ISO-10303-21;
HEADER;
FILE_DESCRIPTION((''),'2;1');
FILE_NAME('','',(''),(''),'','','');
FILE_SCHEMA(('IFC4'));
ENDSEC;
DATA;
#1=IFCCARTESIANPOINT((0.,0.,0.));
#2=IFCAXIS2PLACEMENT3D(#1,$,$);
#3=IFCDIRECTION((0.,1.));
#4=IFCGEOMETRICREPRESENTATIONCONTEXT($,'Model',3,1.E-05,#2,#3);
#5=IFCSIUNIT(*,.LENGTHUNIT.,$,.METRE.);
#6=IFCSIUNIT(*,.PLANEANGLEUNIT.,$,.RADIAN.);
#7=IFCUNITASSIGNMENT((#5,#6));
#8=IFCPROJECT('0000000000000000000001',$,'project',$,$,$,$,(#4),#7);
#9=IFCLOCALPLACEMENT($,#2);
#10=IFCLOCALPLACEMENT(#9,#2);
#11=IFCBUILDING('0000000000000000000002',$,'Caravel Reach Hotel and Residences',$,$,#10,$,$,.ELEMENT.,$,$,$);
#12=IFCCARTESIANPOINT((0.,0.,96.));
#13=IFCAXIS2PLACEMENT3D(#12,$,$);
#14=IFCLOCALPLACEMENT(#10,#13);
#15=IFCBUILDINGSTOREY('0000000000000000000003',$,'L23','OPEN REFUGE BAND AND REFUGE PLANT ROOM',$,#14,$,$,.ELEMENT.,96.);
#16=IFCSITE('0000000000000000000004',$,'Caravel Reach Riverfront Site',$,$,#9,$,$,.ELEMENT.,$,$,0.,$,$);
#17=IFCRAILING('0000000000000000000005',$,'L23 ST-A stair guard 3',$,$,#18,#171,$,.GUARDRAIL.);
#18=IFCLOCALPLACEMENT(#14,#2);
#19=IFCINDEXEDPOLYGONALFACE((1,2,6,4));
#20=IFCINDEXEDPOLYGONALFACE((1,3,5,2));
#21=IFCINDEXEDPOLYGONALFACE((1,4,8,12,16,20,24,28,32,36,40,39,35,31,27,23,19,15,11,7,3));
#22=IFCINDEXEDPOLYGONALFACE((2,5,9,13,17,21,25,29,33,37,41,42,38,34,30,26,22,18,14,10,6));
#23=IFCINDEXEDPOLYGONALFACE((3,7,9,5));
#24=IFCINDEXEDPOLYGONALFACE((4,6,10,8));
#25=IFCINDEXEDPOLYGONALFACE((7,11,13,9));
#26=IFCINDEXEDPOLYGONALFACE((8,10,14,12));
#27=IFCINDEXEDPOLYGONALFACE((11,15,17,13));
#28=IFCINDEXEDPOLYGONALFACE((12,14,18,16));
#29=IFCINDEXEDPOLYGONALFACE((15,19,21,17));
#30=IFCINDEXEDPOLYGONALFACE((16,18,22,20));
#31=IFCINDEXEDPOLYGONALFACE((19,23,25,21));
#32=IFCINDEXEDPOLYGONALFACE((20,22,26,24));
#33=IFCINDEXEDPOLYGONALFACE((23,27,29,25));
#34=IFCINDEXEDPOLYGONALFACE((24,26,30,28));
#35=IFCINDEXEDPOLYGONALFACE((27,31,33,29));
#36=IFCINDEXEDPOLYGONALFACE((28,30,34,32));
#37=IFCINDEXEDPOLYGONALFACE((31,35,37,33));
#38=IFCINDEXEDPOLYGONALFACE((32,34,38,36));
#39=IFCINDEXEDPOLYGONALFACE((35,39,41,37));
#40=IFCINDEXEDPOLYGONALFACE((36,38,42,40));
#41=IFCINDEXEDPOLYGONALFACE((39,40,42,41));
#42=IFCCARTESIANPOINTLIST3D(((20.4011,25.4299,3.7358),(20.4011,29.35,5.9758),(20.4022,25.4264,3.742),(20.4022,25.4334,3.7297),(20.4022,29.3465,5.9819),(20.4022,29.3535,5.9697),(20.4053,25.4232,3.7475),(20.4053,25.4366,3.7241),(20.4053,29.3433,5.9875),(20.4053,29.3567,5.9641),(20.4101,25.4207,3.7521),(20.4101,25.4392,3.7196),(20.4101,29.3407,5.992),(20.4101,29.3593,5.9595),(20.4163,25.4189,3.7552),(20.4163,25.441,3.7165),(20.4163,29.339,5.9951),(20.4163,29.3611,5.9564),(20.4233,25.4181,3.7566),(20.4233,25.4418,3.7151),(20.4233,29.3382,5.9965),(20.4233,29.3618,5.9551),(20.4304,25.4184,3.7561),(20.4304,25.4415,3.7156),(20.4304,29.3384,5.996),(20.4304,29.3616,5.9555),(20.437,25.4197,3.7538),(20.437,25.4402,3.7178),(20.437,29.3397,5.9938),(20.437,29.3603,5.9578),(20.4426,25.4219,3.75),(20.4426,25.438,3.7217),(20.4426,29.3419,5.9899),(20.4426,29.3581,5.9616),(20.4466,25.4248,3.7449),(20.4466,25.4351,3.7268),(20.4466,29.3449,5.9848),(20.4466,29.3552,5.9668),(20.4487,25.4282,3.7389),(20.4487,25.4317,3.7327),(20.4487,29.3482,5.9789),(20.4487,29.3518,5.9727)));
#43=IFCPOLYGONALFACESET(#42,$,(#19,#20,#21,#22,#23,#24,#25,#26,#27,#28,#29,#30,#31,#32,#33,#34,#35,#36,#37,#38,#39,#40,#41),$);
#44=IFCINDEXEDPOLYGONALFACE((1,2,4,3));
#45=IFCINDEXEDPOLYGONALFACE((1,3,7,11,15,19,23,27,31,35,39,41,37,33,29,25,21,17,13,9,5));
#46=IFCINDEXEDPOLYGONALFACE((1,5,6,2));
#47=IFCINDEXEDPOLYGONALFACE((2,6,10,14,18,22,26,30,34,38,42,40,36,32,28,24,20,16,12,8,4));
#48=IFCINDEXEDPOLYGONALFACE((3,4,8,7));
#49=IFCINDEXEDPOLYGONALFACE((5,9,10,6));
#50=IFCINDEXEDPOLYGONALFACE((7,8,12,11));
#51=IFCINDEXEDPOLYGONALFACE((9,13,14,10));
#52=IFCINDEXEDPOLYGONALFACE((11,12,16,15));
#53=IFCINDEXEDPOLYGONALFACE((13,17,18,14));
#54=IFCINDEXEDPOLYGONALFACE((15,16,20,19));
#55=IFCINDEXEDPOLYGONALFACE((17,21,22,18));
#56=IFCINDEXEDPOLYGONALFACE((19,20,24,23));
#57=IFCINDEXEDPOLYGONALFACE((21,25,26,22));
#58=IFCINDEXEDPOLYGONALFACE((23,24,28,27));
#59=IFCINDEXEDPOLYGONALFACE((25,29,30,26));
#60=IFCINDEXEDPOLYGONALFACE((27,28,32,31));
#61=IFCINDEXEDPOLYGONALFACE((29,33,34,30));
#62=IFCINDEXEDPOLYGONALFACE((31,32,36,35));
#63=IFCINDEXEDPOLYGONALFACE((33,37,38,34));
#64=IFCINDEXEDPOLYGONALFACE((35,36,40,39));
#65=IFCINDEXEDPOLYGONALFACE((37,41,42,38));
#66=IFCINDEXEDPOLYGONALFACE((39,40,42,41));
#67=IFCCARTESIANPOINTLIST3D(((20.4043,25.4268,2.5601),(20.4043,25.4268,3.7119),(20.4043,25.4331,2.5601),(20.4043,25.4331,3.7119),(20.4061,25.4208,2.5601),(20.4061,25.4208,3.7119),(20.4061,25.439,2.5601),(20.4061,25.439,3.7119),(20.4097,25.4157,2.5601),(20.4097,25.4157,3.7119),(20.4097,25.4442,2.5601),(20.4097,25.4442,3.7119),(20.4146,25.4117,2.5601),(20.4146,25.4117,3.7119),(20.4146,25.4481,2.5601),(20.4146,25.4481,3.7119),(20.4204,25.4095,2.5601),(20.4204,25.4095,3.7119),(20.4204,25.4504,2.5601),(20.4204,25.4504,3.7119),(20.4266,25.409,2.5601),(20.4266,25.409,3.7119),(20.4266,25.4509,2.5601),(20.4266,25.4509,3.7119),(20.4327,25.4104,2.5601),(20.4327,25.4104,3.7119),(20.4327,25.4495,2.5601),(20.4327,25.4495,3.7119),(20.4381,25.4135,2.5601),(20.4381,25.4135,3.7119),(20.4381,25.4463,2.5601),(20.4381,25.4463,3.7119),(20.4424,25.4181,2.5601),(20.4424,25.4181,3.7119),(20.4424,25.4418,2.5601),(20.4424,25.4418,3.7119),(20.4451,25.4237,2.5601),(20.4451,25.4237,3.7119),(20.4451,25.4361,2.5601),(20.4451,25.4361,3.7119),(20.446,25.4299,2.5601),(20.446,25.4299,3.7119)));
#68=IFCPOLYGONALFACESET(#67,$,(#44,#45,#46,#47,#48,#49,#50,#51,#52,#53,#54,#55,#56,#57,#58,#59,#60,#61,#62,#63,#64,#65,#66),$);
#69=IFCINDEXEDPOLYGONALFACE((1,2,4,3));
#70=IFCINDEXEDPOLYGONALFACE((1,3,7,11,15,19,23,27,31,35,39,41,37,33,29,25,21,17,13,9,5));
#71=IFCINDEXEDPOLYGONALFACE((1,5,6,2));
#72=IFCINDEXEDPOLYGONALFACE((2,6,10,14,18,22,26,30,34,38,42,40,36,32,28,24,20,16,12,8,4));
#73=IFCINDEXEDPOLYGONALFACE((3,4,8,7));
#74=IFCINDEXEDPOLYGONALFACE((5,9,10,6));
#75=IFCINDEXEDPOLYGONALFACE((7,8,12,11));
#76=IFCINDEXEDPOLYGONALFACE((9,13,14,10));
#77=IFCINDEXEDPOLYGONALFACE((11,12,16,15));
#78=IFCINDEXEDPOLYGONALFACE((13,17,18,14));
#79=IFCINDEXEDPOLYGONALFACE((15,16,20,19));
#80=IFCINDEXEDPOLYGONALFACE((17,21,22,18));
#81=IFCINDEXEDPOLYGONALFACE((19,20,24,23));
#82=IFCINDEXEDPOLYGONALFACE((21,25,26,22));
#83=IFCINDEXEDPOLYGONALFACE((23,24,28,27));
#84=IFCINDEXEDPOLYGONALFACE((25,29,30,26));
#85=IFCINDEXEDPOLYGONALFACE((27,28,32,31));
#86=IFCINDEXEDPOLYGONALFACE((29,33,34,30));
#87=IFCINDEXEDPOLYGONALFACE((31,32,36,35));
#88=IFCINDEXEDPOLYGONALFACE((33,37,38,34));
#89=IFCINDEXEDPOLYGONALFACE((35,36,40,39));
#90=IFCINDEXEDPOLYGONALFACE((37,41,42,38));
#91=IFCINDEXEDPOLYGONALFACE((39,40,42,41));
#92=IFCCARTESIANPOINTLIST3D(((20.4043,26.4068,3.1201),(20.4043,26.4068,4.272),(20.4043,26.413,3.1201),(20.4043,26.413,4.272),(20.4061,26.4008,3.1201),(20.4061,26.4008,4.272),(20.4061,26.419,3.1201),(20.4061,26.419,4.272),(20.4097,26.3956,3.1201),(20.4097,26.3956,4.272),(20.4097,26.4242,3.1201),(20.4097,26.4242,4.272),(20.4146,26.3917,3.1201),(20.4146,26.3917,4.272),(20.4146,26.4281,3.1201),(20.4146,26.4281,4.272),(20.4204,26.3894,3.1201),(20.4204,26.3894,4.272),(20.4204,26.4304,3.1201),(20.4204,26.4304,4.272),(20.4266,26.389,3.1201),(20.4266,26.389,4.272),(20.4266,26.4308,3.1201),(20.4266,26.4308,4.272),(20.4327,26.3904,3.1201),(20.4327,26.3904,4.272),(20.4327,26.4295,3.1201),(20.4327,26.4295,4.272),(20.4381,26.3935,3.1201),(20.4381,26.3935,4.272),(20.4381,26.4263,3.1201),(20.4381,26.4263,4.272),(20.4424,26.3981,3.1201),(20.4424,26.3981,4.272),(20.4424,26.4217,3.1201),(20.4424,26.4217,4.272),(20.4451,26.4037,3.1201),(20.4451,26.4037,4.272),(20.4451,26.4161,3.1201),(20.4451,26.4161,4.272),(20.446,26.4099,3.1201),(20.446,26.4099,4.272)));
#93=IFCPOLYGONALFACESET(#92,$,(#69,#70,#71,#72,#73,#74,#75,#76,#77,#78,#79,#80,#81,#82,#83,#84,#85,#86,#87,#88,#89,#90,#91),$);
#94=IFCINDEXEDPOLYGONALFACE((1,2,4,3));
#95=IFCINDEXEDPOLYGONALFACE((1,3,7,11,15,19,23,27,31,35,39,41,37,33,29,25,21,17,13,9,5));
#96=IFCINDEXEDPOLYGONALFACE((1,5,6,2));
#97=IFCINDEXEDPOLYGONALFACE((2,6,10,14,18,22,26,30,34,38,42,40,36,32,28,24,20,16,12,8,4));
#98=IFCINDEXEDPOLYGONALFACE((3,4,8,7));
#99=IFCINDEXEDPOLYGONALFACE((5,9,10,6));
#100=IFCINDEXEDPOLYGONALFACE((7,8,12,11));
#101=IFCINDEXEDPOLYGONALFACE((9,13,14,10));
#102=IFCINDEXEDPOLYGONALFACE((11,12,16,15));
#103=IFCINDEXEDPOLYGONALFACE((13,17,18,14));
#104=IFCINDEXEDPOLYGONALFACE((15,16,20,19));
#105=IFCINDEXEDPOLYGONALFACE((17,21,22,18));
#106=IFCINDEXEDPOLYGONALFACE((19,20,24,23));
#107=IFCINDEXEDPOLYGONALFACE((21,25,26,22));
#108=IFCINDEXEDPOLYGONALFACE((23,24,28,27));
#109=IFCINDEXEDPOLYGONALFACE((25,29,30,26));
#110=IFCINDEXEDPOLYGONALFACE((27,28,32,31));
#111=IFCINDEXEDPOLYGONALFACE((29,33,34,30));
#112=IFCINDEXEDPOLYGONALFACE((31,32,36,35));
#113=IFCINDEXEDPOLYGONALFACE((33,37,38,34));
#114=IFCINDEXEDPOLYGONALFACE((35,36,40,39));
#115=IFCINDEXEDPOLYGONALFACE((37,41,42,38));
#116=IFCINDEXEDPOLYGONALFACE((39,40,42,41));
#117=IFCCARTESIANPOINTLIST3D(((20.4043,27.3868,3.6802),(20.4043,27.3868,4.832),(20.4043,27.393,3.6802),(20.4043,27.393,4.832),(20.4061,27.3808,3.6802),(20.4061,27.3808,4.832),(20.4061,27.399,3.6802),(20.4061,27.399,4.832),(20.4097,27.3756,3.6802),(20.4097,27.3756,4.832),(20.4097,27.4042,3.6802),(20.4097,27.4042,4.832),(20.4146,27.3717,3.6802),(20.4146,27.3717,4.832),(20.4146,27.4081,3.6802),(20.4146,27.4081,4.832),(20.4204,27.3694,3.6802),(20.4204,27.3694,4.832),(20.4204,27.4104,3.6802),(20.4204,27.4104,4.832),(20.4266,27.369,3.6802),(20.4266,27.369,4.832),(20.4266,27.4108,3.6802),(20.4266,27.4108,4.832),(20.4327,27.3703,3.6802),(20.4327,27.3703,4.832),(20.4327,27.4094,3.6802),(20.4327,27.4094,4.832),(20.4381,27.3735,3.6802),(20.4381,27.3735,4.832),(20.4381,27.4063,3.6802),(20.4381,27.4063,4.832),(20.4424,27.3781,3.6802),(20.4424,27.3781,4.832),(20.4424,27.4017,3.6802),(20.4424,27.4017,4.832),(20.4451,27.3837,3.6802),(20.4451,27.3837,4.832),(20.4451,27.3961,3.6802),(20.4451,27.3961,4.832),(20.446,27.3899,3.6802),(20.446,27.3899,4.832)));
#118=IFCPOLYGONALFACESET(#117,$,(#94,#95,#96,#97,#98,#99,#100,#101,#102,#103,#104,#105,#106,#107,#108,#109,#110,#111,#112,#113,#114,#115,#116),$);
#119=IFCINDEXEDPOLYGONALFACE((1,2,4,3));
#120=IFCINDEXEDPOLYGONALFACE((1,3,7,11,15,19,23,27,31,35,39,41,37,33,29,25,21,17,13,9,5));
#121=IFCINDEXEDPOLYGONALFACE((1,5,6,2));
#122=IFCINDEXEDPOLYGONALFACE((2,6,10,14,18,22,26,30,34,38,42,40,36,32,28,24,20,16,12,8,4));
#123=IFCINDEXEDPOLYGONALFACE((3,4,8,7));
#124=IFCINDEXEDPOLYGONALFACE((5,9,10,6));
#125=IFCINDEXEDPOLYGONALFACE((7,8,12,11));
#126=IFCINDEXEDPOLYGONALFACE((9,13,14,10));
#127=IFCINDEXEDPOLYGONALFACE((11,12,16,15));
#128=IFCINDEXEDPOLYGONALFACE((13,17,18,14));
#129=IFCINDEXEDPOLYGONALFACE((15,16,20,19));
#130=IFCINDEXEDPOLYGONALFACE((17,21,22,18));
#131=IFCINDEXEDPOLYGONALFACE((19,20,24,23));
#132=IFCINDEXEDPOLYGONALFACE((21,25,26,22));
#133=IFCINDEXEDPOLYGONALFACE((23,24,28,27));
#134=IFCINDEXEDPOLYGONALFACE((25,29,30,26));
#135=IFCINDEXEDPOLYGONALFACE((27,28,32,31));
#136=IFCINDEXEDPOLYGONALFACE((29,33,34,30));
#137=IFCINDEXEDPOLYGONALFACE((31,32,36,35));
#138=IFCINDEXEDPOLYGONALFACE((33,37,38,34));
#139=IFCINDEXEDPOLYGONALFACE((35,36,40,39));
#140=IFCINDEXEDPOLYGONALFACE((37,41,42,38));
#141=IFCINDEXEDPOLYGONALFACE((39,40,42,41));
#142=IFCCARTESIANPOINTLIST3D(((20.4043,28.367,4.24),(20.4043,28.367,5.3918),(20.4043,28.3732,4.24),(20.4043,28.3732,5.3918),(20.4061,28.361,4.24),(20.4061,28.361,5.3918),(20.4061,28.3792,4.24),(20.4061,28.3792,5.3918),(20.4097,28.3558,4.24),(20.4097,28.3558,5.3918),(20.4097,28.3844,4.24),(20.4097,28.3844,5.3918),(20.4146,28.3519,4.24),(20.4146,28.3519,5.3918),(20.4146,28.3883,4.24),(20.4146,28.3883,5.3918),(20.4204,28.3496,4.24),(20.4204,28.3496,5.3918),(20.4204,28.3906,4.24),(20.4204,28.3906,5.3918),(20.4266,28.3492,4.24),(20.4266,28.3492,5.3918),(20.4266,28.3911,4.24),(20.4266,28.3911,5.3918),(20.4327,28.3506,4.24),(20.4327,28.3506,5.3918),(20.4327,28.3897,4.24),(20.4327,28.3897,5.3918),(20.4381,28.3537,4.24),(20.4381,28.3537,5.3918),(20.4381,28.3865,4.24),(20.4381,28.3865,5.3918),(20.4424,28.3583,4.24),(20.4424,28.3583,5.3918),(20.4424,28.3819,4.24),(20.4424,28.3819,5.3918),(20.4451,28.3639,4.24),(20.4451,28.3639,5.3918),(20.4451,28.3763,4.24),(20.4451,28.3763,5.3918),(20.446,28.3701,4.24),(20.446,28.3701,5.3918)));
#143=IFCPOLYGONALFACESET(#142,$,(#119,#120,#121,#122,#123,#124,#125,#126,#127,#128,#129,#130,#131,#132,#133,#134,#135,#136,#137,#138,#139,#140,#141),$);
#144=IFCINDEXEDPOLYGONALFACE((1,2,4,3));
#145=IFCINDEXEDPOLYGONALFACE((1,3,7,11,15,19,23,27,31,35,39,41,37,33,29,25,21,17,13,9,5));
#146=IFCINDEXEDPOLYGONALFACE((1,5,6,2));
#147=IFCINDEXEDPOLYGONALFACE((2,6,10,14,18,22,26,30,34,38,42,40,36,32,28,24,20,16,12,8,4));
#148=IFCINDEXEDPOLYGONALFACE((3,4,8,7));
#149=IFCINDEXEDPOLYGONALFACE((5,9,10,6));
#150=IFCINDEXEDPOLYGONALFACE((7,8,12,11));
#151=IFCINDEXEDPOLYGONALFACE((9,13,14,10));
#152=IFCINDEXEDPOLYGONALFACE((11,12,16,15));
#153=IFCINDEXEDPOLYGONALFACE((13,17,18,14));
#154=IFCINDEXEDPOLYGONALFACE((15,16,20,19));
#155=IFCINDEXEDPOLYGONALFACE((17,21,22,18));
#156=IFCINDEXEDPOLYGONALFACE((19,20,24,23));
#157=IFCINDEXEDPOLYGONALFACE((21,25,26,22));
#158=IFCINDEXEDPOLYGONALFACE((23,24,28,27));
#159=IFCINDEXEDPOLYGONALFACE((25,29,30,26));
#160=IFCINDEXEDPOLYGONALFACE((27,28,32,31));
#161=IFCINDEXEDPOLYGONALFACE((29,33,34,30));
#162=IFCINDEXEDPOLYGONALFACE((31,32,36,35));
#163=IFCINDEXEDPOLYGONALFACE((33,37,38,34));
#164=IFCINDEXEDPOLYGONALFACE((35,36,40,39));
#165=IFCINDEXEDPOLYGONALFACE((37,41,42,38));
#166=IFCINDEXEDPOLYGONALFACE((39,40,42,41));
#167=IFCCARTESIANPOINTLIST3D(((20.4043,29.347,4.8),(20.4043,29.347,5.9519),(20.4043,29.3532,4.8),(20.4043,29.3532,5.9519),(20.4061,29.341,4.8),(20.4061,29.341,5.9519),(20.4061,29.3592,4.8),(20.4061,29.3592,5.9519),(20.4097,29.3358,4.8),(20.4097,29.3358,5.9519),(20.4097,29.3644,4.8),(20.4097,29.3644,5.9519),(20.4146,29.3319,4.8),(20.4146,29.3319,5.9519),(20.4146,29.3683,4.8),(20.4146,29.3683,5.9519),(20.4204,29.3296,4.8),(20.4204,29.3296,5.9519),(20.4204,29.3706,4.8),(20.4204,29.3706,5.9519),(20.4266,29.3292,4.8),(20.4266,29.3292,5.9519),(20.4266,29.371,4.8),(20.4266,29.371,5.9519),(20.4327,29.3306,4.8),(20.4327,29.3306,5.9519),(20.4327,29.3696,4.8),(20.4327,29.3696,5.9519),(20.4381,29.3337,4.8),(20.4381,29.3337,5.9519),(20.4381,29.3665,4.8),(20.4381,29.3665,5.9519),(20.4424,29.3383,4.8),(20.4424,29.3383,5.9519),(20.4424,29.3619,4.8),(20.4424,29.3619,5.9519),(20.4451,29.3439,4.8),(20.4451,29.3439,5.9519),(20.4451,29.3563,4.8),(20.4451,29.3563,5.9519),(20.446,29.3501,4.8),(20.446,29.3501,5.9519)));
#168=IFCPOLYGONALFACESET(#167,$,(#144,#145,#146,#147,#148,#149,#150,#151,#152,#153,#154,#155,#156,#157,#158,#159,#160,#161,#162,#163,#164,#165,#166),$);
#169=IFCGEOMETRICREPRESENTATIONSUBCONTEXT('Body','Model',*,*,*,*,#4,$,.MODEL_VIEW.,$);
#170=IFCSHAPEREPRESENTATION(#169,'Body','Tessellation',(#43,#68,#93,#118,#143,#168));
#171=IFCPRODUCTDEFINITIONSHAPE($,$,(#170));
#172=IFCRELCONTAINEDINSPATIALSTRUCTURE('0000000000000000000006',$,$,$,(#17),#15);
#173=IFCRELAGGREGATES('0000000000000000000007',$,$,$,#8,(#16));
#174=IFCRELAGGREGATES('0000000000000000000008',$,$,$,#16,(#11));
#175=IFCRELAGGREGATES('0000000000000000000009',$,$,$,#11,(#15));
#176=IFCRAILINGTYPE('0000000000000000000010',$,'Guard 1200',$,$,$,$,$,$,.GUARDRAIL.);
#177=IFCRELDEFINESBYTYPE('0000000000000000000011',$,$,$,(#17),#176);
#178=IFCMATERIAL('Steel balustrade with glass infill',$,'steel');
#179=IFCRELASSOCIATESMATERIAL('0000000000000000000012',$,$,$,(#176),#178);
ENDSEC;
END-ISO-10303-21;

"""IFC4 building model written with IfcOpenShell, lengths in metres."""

from ifc_helpers import new_model, si_unit, direction, frame, origin, origin_2d, place, context, subcontext, project, spatial, circle, extrude, material, type_object, element, save


model = new_model("IFC4")

# Units and contexts
model_context = context("Model", 3, precision=1e-05, world=origin(), true_north=direction((0.0, 1.0)))
body_context = subcontext(model_context, "Body", "Model", "MODEL_VIEW")
ifc_project = project(units=[si_unit("LENGTHUNIT", "METRE"), si_unit("PLANEANGLEUNIT", "RADIAN")], contexts=[model_context])

# Site, building, storey
site_placement = place(None, origin())
site = spatial("IfcSite", under=ifc_project, at=site_placement, Name="Caravel Reach Riverfront Site", CompositionType="ELEMENT", RefElevation=0.0)
building_placement = place(site_placement, origin())
building = spatial("IfcBuilding", under=site, at=building_placement, Name="Caravel Reach Hotel and Residences", CompositionType="ELEMENT")
storey_placement = place(building_placement, frame((0.0, 0.0, 96.0)))
storey = spatial("IfcBuildingStorey", under=building, at=storey_placement, Name="L23", Description="OPEN REFUGE BAND AND REFUGE PLANT ROOM", CompositionType="ELEMENT", Elevation=96.0)

# Railing
ifc_material_1 = material(Name="Steel balustrade with glass infill", Category="steel")
railing_type_1 = type_object("IfcRailingType", Name="Guard 1200", PredefinedType="GUARDRAIL", material=ifc_material_1)
railing_1_placement = place(storey_placement, frame((20.425, 25.4299, 2.5601)))
element("IfcRailing", 1, at=railing_1_placement, inside=storey, type_object=railing_type_1, Name="L23 ST-A stair guard 3", PredefinedType="GUARDRAIL", context=body_context, shape_type="SweptSolid", body=[
    extrude(circle(Radius=0.0239, at=origin_2d()), frame((0.0, 0.0, 1.1758), z_axis=(0.0, 0.868253, 0.496121), x_axis=(-1.0, 0.0, 0.0)), (0.0, 0.0, 1.0), 4.5149),
    extrude(circle(Radius=0.021, at=origin_2d()), origin(), (0.0, 0.0, 1.0), 1.1519),
    extrude(circle(Radius=0.021, at=origin_2d()), frame((0.0, 0.98, 0.5601)), (0.0, 0.0, 1.0), 1.1519),
    extrude(circle(Radius=0.021, at=origin_2d()), frame((0.0, 1.96, 1.1201)), (0.0, 0.0, 1.0), 1.1519),
    extrude(circle(Radius=0.021, at=origin_2d()), frame((0.0, 2.9402, 1.6799)), (0.0, 0.0, 1.0), 1.1519),
    extrude(circle(Radius=0.021, at=origin_2d()), frame((0.0, 3.9202, 2.24)), (0.0, 0.0, 1.0), 1.1519),
])

save(model, "model.ifc")
